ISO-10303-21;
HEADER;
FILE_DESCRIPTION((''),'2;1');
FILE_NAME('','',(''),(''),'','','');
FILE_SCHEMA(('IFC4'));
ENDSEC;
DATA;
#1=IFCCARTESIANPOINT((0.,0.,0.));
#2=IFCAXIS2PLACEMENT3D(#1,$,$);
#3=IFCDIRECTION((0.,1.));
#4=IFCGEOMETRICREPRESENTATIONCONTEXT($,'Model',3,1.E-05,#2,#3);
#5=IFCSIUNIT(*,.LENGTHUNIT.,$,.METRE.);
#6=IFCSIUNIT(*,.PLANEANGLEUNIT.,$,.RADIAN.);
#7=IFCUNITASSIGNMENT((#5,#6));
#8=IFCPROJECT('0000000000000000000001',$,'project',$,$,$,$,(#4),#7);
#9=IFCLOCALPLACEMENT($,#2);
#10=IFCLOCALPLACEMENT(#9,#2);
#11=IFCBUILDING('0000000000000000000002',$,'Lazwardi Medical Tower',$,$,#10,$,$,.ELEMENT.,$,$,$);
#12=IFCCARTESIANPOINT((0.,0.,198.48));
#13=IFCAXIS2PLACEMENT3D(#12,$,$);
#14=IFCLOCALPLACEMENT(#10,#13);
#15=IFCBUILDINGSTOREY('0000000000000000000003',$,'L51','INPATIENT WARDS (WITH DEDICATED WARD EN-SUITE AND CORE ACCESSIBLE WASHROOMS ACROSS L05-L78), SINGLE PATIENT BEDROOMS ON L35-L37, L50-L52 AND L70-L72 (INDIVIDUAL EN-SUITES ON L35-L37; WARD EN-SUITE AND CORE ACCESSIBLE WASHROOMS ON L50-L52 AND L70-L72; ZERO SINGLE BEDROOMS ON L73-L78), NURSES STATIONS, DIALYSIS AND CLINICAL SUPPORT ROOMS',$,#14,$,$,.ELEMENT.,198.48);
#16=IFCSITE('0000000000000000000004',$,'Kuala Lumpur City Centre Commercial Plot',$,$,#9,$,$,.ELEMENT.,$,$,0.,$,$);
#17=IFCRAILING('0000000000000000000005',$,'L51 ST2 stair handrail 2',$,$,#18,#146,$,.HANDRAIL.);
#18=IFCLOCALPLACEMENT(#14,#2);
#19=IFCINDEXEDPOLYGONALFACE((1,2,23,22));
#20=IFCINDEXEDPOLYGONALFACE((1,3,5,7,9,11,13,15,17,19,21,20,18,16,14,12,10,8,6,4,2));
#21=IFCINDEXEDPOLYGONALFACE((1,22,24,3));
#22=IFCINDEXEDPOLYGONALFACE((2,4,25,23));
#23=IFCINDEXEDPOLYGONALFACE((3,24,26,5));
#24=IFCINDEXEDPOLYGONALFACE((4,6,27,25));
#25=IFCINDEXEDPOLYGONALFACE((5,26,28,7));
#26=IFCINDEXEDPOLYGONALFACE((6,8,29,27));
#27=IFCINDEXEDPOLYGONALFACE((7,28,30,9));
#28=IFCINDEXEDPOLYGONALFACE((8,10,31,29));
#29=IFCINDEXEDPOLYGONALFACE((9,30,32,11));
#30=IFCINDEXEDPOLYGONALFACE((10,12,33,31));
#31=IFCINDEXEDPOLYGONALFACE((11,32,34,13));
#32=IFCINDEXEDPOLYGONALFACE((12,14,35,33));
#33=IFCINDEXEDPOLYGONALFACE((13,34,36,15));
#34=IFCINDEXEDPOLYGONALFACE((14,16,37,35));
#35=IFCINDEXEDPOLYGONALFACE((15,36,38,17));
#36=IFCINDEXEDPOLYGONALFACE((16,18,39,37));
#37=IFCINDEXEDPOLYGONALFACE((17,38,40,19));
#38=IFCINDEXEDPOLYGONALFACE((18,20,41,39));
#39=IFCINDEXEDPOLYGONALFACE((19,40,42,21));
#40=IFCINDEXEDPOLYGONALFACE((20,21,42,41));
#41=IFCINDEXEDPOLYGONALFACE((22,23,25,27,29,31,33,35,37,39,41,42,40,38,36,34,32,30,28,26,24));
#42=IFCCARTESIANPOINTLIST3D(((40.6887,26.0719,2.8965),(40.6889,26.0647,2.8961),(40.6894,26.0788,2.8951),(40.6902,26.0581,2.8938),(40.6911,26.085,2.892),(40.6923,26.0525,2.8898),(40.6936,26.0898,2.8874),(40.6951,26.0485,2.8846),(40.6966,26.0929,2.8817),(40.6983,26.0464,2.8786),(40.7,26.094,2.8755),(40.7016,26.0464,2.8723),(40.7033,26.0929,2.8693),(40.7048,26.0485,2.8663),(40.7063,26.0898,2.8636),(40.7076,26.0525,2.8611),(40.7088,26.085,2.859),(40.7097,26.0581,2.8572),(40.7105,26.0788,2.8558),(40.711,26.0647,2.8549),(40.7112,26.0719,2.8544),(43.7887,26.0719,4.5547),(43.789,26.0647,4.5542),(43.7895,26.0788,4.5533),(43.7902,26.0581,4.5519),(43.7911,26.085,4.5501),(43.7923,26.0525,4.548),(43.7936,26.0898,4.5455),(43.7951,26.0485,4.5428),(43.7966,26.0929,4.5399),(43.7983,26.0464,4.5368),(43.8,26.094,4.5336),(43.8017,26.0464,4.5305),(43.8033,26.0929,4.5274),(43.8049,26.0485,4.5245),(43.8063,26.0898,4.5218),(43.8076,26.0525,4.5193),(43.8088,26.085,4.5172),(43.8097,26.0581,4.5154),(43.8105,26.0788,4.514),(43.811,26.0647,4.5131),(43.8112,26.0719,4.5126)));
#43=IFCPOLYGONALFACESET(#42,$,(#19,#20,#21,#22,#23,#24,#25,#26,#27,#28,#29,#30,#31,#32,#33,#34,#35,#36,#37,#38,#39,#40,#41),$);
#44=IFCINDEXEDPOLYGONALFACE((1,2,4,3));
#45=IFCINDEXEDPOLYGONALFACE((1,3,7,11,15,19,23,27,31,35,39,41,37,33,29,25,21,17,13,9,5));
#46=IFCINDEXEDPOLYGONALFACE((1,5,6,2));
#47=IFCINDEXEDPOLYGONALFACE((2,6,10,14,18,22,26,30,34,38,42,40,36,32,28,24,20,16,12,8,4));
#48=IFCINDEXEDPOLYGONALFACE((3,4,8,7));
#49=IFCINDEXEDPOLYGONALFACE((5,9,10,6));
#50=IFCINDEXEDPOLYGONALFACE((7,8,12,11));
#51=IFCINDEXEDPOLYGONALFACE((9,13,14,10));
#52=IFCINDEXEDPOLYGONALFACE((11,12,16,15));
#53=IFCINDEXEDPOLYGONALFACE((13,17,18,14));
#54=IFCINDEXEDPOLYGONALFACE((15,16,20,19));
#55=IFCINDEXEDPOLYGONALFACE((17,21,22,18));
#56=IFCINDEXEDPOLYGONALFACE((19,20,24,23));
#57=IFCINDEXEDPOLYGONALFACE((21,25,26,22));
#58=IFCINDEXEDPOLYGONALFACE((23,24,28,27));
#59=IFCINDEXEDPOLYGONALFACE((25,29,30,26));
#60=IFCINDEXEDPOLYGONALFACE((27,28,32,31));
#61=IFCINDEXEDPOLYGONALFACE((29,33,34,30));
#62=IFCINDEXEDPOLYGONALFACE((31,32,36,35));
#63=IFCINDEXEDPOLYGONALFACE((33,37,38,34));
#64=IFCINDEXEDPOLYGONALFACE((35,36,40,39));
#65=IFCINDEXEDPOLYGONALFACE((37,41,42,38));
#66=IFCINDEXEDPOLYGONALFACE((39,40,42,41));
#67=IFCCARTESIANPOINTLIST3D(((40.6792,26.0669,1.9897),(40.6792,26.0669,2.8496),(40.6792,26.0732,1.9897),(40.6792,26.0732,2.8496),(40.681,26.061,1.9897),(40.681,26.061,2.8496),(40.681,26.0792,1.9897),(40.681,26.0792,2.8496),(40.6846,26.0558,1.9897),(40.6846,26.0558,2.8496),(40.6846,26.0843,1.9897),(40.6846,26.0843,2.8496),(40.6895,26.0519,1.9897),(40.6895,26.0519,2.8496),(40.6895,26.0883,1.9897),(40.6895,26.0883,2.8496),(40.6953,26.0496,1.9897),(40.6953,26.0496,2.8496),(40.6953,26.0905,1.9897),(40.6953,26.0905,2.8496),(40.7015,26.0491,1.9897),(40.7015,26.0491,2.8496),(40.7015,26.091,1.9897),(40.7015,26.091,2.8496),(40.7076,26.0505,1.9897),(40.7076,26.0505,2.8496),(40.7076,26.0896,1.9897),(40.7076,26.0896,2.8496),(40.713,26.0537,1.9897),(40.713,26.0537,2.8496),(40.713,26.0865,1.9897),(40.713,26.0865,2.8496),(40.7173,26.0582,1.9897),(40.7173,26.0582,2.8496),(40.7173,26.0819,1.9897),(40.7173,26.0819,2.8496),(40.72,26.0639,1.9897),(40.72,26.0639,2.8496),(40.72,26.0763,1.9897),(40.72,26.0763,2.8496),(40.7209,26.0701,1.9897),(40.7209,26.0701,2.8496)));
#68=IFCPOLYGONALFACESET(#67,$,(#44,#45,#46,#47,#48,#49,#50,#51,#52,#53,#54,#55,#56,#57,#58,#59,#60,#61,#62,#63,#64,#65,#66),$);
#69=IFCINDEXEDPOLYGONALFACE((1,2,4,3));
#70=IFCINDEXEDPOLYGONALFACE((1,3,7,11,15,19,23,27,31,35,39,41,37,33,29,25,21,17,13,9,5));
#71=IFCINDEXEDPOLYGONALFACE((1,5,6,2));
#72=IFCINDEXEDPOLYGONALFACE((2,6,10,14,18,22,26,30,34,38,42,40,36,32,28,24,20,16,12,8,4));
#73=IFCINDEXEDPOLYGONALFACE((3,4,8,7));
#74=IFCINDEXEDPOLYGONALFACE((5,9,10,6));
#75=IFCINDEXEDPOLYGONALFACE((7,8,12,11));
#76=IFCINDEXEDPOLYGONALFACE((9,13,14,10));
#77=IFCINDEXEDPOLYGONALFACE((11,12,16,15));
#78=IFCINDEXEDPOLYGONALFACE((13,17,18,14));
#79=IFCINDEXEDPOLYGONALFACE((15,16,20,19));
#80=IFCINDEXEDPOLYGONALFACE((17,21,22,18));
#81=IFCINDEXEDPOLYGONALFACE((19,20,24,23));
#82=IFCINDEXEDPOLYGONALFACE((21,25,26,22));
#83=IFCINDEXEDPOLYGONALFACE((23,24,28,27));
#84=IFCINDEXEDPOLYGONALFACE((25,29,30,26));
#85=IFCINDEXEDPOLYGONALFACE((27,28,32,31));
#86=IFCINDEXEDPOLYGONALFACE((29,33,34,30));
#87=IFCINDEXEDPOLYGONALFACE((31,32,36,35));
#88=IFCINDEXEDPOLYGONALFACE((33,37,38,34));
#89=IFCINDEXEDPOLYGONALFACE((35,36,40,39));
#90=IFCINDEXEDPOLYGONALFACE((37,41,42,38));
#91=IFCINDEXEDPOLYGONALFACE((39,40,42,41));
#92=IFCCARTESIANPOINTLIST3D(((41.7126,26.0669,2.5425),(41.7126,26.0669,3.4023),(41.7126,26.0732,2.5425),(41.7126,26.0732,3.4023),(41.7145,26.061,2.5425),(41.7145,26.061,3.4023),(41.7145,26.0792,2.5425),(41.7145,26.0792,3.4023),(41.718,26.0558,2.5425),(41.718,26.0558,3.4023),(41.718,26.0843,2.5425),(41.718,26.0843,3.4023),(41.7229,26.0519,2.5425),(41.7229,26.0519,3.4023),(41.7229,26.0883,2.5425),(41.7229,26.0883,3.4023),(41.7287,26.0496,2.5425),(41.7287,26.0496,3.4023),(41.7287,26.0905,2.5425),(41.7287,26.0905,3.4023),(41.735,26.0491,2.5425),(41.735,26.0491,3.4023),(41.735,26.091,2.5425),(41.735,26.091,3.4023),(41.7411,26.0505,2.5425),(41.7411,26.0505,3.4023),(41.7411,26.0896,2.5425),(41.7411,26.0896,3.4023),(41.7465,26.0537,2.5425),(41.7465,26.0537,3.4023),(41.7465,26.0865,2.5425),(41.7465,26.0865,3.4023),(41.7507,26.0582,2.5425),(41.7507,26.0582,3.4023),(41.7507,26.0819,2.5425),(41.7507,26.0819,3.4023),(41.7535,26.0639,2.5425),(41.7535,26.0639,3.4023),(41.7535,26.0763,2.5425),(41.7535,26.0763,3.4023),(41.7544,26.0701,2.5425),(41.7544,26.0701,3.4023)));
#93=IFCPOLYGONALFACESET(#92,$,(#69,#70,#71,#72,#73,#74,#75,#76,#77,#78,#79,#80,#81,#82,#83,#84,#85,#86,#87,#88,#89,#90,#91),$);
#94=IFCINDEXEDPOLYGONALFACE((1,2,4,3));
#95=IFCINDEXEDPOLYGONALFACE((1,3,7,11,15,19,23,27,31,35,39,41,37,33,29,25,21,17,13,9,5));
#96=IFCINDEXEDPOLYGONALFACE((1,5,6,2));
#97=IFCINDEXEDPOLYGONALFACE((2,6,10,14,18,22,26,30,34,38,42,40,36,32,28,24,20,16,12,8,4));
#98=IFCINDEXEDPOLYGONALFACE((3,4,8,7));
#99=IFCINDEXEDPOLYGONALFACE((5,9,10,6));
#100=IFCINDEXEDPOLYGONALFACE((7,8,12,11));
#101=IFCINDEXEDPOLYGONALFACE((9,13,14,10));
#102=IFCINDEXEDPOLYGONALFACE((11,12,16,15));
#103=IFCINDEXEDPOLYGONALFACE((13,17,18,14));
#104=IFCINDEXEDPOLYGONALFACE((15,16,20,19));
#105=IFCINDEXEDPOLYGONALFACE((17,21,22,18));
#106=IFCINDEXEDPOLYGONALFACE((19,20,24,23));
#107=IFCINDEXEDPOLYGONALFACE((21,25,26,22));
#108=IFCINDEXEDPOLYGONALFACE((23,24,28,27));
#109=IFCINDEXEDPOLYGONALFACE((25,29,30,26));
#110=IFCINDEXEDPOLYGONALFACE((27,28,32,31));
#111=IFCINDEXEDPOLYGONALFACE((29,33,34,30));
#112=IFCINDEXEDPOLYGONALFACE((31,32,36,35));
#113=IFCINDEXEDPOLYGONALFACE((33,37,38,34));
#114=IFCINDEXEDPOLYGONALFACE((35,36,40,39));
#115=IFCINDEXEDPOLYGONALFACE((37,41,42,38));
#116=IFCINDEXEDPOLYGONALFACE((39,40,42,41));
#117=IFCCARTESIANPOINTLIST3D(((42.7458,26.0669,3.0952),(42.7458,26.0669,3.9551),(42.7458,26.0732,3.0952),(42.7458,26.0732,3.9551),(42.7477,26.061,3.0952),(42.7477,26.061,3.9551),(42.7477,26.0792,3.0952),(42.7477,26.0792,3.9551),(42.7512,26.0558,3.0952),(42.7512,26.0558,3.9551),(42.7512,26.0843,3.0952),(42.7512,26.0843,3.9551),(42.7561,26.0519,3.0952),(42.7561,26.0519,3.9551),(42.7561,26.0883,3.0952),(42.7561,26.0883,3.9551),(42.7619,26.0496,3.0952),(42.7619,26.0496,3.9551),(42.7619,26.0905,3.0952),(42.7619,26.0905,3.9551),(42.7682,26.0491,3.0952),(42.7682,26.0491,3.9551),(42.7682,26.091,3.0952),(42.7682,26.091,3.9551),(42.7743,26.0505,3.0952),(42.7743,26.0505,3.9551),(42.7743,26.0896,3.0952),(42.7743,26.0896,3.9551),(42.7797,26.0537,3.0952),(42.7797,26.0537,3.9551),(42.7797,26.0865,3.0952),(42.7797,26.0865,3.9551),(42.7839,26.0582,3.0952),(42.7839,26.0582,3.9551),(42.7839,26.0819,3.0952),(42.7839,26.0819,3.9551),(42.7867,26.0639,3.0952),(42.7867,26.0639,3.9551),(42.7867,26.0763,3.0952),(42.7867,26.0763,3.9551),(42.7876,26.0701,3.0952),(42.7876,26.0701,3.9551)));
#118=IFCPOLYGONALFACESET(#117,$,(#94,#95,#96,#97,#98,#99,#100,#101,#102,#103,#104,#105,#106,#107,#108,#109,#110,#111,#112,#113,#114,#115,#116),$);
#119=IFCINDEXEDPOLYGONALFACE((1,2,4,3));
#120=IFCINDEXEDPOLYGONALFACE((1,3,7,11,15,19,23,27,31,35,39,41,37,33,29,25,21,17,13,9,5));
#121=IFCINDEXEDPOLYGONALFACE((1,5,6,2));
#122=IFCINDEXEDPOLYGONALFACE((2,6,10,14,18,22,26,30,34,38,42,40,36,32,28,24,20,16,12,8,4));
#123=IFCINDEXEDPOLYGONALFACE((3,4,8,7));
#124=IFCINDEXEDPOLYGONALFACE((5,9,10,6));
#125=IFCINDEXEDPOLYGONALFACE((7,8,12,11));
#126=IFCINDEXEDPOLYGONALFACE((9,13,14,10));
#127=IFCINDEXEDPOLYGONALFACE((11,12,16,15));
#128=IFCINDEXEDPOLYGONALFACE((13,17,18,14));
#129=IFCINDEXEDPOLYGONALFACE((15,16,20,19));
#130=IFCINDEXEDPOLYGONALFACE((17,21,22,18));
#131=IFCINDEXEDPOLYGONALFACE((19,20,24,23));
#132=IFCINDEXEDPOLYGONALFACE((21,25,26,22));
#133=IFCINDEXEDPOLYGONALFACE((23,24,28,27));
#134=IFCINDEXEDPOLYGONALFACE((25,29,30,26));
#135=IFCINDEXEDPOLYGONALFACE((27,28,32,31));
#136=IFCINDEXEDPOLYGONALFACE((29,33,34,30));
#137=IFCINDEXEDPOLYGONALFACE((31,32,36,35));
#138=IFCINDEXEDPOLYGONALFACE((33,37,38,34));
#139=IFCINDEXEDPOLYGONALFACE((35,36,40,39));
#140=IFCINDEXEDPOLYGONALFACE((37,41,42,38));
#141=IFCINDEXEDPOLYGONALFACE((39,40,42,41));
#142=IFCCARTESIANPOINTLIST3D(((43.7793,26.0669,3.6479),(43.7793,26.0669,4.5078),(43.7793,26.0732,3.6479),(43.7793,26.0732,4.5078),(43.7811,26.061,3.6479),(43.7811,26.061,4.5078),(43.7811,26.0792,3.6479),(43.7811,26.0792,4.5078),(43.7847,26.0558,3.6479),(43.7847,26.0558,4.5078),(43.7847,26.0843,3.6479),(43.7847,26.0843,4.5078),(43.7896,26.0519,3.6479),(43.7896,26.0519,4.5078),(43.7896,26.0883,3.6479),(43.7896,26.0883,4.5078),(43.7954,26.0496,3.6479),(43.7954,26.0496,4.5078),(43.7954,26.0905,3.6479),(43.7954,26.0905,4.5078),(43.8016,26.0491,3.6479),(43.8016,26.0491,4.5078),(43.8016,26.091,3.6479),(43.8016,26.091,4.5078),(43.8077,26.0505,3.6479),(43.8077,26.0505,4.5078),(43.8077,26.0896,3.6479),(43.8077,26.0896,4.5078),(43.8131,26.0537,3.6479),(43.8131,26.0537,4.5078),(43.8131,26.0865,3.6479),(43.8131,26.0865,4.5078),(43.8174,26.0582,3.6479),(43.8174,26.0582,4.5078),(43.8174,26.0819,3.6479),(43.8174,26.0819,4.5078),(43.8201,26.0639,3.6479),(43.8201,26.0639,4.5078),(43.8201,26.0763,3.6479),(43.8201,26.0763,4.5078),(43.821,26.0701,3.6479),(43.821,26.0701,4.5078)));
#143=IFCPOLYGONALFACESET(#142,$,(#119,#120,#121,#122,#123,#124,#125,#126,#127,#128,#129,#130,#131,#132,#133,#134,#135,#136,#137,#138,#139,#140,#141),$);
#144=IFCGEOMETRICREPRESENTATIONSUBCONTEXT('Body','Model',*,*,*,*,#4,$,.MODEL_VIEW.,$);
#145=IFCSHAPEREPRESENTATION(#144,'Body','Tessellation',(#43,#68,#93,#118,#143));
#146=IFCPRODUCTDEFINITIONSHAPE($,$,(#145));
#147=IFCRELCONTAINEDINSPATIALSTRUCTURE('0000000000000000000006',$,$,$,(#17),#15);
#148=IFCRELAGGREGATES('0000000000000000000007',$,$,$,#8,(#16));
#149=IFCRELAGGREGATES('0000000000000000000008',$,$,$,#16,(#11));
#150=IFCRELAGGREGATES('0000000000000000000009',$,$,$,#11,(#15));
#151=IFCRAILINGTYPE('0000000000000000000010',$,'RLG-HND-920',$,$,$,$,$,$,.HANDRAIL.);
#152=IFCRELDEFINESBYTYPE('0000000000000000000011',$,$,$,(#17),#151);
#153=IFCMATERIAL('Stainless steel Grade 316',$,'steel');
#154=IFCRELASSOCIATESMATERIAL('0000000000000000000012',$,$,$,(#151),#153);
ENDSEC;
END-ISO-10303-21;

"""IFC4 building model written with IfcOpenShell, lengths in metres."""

from ifc_helpers import new_model, si_unit, direction, frame, origin, origin_2d, place, context, subcontext, project, spatial, circle, extrude, material, type_object, element, save


model = new_model("IFC4")

# Units and contexts
model_context = context("Model", 3, precision=1e-05, world=origin(), true_north=direction((0.0, 1.0)))
body_context = subcontext(model_context, "Body", "Model", "MODEL_VIEW")
ifc_project = project(units=[si_unit("LENGTHUNIT", "METRE"), si_unit("PLANEANGLEUNIT", "RADIAN")], contexts=[model_context])

# Site, building, storey
site_placement = place(None, origin())
site = spatial("IfcSite", under=ifc_project, at=site_placement, Name="Kuala Lumpur City Centre Commercial Plot", CompositionType="ELEMENT", RefElevation=0.0)
building_placement = place(site_placement, origin())
building = spatial("IfcBuilding", under=site, at=building_placement, Name="Lazwardi Medical Tower", CompositionType="ELEMENT")
storey_placement = place(building_placement, frame((0.0, 0.0, 198.48)))
storey = spatial("IfcBuildingStorey", under=building, at=storey_placement, Name="L51", Description="INPATIENT WARDS (WITH DEDICATED WARD EN-SUITE AND CORE ACCESSIBLE WASHROOMS ACROSS L05-L78), SINGLE PATIENT BEDROOMS ON L35-L37, L50-L52 AND L70-L72 (INDIVIDUAL EN-SUITES ON L35-L37; WARD EN-SUITE AND CORE ACCESSIBLE WASHROOMS ON L50-L52 AND L70-L72; ZERO SINGLE BEDROOMS ON L73-L78), NURSES STATIONS, DIALYSIS AND CLINICAL SUPPORT ROOMS", CompositionType="ELEMENT", Elevation=198.48)

# Railing
ifc_material_1 = material(Name="Stainless steel Grade 316", Category="steel")
railing_type_1 = type_object("IfcRailingType", Name="RLG-HND-920", PredefinedType="HANDRAIL", material=ifc_material_1)
railing_1_placement = place(storey_placement, frame((40.7, 26.0701, 1.9897)))
element("IfcRailing", 1, at=railing_1_placement, inside=storey, type_object=railing_type_1, Name="L51 ST2 stair handrail 2", PredefinedType="HANDRAIL", context=body_context, shape_type="SweptSolid", body=[
    extrude(circle(Radius=0.0239, at=origin_2d()), frame((0.0, 0.0, 0.8857), z_axis=(0.881783, 0.0, 0.471655), x_axis=(0.0, 1.0, 0.0)), (0.0, 0.0, 1.0), 3.5156),
    extrude(circle(Radius=0.021, at=origin_2d()), origin(), (0.0, 0.0, 1.0), 0.8599),
    extrude(circle(Radius=0.021, at=origin_2d()), frame((1.0334, 0.0, 0.5527)), (0.0, 0.0, 1.0), 0.8599),
    extrude(circle(Radius=0.021, at=origin_2d()), frame((2.0667, 0.0, 1.1055)), (0.0, 0.0, 1.0), 0.8599),
    extrude(circle(Radius=0.021, at=origin_2d()), frame((3.1001, 0.0, 1.6582)), (0.0, 0.0, 1.0), 0.8599),
])

save(model, "model.ifc")
